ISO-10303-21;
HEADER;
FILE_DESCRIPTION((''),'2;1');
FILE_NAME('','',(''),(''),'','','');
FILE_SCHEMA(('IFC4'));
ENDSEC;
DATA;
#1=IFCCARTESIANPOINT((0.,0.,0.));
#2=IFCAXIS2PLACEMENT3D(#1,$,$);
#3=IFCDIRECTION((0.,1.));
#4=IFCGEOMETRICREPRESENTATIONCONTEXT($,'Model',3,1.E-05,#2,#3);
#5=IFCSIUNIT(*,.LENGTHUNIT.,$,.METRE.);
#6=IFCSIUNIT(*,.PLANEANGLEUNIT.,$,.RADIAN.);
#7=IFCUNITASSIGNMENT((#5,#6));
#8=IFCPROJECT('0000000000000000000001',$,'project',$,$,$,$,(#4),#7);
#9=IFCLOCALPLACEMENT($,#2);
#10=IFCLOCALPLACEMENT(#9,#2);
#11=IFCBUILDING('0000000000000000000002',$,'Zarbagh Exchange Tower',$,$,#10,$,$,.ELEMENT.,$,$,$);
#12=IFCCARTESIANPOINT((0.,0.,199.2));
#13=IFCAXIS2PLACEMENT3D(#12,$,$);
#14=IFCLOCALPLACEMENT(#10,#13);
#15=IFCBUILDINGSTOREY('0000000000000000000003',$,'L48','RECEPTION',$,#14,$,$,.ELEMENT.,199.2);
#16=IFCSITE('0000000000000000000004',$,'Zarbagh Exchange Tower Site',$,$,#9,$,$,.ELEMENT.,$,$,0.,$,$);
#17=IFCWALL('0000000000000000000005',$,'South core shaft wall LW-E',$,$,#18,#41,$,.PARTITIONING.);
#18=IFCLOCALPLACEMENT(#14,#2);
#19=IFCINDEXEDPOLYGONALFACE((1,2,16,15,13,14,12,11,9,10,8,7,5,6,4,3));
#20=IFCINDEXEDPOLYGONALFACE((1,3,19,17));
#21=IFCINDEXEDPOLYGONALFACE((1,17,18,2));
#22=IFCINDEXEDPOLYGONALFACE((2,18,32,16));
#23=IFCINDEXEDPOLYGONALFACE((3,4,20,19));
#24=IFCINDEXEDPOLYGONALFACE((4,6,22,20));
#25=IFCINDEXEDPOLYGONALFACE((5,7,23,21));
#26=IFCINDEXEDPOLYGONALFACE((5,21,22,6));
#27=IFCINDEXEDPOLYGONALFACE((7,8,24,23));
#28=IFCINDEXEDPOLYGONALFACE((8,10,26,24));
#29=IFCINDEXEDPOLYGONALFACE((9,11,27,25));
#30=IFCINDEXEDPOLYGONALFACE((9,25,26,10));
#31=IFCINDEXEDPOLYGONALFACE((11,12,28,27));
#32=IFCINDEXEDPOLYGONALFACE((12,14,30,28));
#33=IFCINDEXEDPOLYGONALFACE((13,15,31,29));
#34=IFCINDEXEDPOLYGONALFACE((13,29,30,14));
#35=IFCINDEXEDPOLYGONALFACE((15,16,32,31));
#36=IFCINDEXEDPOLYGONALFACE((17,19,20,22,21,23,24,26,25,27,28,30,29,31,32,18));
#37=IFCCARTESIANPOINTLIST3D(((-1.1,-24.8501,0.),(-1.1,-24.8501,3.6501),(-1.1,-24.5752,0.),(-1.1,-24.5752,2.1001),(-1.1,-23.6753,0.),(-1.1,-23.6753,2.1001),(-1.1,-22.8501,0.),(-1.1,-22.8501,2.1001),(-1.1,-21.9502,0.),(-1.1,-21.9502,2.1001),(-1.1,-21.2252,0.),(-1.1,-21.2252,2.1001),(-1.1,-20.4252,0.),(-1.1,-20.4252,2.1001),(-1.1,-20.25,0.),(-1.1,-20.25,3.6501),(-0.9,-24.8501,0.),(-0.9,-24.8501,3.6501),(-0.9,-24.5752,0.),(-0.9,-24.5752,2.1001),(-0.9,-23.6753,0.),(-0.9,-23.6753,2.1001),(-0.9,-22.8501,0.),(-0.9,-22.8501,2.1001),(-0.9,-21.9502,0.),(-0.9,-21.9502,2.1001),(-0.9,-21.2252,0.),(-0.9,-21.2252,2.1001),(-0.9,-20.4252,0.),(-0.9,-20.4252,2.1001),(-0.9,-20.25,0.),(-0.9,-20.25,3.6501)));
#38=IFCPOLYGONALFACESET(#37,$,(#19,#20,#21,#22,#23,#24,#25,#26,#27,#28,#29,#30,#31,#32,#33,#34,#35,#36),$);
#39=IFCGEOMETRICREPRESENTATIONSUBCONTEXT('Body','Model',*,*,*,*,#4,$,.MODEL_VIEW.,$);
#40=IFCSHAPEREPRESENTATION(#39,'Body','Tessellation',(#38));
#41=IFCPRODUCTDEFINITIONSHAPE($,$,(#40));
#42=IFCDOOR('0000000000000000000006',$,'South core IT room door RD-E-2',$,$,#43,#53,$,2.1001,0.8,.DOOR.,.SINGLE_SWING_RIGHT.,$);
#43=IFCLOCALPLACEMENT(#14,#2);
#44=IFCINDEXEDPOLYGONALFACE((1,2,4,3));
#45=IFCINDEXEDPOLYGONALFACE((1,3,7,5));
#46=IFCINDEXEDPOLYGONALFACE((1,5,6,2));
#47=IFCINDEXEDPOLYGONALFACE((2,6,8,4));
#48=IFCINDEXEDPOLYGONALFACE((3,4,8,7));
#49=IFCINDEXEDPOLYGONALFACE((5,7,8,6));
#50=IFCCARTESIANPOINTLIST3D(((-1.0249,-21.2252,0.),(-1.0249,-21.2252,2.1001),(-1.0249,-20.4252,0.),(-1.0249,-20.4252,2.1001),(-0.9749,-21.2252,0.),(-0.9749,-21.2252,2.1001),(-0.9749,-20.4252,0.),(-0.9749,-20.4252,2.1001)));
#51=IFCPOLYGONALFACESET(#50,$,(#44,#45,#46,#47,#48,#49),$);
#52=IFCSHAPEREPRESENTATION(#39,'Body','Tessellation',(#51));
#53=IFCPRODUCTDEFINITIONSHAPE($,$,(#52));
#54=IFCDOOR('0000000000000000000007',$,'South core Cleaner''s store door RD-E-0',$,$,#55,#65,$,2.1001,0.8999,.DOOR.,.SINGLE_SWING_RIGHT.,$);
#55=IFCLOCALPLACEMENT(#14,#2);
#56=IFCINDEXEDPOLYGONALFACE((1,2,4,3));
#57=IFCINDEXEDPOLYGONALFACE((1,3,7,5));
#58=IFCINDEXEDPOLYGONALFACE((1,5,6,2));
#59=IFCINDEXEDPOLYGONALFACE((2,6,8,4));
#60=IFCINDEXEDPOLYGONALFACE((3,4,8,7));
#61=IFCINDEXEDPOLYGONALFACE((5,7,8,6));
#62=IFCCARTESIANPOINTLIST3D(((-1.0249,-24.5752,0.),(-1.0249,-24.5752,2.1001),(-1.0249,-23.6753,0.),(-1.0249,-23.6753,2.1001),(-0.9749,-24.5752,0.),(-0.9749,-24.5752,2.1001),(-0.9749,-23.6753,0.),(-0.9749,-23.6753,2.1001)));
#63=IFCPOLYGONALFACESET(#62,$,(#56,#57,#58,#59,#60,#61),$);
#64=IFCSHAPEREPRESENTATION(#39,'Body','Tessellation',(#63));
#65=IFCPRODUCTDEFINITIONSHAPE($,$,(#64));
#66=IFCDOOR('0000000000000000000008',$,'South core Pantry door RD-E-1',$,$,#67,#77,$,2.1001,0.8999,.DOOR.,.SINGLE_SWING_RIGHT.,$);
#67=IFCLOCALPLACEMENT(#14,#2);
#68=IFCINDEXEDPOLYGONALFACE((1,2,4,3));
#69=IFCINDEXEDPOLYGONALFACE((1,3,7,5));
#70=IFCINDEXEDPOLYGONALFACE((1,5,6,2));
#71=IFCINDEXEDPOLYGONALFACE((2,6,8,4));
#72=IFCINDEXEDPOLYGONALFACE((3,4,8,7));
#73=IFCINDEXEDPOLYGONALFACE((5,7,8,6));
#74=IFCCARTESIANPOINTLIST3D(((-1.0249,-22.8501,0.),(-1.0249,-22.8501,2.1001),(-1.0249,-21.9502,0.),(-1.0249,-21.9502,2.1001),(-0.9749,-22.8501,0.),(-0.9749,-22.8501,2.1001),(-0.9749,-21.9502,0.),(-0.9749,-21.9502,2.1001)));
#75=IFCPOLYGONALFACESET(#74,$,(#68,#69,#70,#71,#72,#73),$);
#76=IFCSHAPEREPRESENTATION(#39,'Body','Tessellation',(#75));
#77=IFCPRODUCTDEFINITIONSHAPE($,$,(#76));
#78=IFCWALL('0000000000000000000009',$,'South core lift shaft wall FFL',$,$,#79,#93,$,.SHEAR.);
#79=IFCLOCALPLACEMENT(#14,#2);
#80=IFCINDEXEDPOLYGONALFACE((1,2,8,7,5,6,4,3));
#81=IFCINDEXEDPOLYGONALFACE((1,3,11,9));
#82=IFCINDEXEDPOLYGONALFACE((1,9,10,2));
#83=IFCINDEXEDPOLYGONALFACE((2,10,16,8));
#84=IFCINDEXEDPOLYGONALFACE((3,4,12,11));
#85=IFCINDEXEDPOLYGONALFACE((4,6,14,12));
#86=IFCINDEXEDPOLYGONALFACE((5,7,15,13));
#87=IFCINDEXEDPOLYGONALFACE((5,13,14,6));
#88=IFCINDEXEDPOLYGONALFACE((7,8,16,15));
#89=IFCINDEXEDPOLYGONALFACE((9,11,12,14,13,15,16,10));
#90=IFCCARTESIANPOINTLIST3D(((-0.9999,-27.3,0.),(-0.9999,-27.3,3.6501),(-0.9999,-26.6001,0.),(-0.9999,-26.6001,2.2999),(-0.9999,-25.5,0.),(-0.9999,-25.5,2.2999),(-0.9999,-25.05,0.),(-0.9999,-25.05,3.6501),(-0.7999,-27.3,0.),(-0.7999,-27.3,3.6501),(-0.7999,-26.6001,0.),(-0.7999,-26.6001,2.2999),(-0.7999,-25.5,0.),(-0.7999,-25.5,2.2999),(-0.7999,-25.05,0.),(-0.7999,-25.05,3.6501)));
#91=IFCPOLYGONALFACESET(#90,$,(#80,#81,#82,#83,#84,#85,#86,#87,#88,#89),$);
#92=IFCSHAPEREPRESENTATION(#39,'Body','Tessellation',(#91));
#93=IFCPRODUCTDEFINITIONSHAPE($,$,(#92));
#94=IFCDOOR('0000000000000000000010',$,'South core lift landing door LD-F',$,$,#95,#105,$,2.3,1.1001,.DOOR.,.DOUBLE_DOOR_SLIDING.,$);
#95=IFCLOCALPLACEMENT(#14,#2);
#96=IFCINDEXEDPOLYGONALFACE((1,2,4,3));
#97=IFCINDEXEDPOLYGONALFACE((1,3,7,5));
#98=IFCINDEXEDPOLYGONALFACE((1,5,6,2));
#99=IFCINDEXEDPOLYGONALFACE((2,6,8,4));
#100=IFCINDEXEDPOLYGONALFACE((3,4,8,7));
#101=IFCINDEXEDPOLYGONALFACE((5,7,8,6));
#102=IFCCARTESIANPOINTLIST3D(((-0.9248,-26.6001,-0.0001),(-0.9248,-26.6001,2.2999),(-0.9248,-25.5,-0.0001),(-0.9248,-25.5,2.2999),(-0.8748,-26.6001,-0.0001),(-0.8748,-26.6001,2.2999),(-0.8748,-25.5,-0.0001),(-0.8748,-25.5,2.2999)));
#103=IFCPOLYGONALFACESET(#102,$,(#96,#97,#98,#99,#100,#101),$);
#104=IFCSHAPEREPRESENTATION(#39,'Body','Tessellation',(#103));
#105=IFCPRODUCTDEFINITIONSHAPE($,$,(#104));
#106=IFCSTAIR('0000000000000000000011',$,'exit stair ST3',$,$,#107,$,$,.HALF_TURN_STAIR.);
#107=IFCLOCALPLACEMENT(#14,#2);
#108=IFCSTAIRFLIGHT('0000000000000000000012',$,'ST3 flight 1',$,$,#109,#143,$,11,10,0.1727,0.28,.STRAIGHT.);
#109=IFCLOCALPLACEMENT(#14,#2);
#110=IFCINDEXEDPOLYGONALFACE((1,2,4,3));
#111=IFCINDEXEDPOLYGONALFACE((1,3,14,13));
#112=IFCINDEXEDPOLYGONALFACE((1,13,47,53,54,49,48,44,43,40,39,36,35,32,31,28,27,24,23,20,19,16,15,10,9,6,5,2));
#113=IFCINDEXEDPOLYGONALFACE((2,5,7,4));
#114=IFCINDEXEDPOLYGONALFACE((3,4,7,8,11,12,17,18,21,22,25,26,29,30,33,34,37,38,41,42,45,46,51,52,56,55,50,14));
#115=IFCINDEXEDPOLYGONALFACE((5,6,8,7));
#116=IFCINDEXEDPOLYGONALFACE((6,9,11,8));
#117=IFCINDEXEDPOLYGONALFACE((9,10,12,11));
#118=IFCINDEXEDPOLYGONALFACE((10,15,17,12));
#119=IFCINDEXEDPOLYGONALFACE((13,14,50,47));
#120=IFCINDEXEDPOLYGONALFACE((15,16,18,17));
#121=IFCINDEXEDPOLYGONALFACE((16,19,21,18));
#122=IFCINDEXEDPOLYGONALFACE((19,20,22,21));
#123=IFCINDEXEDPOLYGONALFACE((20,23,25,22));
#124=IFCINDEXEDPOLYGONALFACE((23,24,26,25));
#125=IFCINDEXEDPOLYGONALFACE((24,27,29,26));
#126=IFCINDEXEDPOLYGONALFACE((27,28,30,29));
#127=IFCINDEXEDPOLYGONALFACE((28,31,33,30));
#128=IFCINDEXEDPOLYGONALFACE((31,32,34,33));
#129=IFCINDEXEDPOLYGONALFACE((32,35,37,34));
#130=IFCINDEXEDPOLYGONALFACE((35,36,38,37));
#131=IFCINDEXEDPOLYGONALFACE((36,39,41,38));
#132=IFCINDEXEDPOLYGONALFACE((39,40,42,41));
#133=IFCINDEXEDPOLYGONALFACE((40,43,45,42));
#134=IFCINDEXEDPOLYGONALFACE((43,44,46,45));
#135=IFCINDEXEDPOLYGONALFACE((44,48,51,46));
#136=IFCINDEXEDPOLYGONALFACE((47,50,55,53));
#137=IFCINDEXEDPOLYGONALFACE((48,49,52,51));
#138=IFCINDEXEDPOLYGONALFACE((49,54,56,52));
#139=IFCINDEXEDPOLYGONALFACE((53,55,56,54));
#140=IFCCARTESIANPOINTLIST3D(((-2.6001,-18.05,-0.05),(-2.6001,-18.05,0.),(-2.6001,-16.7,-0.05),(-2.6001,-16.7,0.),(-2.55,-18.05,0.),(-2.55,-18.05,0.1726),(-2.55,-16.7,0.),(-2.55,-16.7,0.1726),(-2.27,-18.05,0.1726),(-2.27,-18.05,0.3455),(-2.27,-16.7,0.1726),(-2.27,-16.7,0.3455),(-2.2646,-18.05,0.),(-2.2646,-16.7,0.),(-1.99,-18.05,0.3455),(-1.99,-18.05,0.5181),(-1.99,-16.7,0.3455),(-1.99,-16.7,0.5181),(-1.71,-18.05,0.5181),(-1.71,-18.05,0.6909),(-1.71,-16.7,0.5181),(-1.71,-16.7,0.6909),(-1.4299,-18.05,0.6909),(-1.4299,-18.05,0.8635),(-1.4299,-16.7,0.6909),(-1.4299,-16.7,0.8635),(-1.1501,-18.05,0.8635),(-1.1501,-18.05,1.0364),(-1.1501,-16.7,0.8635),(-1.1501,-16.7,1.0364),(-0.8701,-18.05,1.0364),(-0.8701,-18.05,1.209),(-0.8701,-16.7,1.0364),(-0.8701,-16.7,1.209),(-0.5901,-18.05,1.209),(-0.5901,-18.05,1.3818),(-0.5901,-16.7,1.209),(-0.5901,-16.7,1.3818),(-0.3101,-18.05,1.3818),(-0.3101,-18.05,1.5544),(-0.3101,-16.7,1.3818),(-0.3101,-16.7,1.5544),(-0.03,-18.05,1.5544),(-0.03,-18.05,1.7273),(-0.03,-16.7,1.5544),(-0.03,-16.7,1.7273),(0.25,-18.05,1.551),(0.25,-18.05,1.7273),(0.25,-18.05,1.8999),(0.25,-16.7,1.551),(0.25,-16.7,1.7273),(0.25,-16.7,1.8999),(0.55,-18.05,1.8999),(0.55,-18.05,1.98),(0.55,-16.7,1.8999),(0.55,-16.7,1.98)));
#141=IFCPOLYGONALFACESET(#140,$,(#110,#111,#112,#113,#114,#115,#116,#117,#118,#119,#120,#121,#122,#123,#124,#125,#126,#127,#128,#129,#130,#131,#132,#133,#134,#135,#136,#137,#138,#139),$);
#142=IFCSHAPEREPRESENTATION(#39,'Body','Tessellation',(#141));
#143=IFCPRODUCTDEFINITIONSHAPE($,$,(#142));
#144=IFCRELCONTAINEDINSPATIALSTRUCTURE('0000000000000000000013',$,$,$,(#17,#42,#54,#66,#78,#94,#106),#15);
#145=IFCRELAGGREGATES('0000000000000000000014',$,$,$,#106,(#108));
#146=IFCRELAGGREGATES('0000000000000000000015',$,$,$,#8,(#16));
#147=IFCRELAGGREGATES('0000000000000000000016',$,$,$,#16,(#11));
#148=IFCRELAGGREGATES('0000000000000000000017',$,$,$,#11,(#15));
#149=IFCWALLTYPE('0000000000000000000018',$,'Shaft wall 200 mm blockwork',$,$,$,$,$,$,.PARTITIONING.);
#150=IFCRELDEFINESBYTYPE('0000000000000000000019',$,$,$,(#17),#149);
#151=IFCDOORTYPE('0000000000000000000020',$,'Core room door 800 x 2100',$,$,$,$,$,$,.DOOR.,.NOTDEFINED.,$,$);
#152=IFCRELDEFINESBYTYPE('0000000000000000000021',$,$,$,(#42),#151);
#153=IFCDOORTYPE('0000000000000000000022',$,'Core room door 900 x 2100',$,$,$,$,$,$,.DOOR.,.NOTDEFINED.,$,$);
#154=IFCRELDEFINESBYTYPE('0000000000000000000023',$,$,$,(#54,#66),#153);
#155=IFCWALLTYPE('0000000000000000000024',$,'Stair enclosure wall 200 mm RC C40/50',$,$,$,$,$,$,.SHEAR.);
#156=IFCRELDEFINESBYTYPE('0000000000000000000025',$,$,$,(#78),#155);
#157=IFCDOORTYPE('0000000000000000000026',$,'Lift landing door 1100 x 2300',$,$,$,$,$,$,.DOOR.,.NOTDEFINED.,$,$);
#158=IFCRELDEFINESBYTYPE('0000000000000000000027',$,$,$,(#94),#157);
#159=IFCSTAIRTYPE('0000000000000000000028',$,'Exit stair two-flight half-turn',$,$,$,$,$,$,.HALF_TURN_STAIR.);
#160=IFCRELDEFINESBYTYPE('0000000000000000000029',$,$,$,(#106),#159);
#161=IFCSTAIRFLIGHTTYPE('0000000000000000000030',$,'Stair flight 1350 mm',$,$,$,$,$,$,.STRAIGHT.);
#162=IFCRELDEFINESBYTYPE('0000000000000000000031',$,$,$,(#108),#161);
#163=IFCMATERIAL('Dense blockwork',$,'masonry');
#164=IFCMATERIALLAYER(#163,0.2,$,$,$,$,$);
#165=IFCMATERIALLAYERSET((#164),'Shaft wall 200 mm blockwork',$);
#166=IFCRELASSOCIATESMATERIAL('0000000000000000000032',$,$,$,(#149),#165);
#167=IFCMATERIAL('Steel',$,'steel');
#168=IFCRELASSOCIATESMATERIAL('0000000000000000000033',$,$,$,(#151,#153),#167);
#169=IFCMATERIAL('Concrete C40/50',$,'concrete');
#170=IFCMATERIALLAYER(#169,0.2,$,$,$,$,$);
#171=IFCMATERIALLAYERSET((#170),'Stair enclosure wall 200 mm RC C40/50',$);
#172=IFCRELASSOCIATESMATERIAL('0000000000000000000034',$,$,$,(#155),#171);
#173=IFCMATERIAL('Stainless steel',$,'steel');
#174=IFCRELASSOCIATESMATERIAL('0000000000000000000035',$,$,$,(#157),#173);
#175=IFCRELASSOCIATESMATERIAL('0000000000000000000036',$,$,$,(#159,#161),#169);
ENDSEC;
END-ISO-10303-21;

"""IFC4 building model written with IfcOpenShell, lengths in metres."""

from ifc_helpers import new_model, si_unit, direction, frame, frame_2d, origin, place, context, subcontext, project, spatial, polyline, rectangle, outline, extrude, material, layer, layer_set, type_object, element, fill, aggregate, save


model = new_model("IFC4")

# Units and contexts
model_context = context("Model", 3, precision=1e-05, world=origin(), true_north=direction((0.0, 1.0)))
body_context = subcontext(model_context, "Body", "Model", "MODEL_VIEW")
ifc_project = project(units=[si_unit("LENGTHUNIT", "METRE"), si_unit("PLANEANGLEUNIT", "RADIAN")], contexts=[model_context])

# Site, building, storey
site_placement = place(None, origin())
site = spatial("IfcSite", under=ifc_project, at=site_placement, Name="Zarbagh Exchange Tower Site", CompositionType="ELEMENT", RefElevation=0.0)
building_placement = place(site_placement, origin())
building = spatial("IfcBuilding", under=site, at=building_placement, Name="Zarbagh Exchange Tower", CompositionType="ELEMENT")
storey_placement = place(building_placement, frame((0.0, 0.0, 199.2)))
storey = spatial("IfcBuildingStorey", under=building, at=storey_placement, Name="L48", Description="RECEPTION", CompositionType="ELEMENT", Elevation=199.2)

# Shared definitions
ifc_material_1 = material(Name="Concrete C40/50", Category="concrete")

# Shared definitions
ifc_material_2 = material(Name="Dense blockwork", Category="masonry")

# Shared definitions
ifc_layer_1 = layer(ifc_material_2, 0.2)
ifc_layer_set_1 = layer_set([ifc_layer_1], Name="Shaft wall 200 mm blockwork")
wall_type_1 = type_object("IfcWallType", Name="Shaft wall 200 mm blockwork", PredefinedType="PARTITIONING", material=ifc_layer_set_1)

# Wall, openings, doors
wall_1_placement = place(storey_placement, frame((-1.0, -24.8501, 0.0), z_axis=(0.0, 0.0, 1.0), x_axis=(0.0, 1.0, 0.0)))
wall_1 = element("IfcWall", 1, at=wall_1_placement, inside=storey, type_object=wall_type_1, Name="South core shaft wall LW-E", PredefinedType="PARTITIONING", context=body_context, shape_type="SweptSolid", body=[
    extrude(rectangle(XDim=4.6001, YDim=0.2, at=frame_2d((2.3, 0.0))), origin(), (0.0, 0.0, 1.0), 3.6501),
])
opening_1_placement = place(wall_1_placement, frame((0.2749, 0.0, 0.0)))
opening_1 = element("IfcOpeningElement", 2, at=opening_1_placement, cuts=wall_1, PredefinedType="OPENING", context=body_context, shape_type="SweptSolid", body=[
    extrude(rectangle(XDim=0.8999, YDim=2.1001, at=frame_2d((0.45, 1.05))), frame((0.0, 0.1099, 0.0), z_axis=(0.0, -1.0, 0.0), x_axis=(1.0, 0.0, 0.0)), (0.0, 0.0, 1.0), 0.22),
])
opening_2_placement = place(wall_1_placement, frame((2.0, 0.0, 0.0)))
opening_2 = element("IfcOpeningElement", 3, at=opening_2_placement, cuts=wall_1, PredefinedType="OPENING", context=body_context, shape_type="SweptSolid", body=[
    extrude(rectangle(XDim=0.8999, YDim=2.1001, at=frame_2d((0.45, 1.05))), frame((0.0, 0.1099, 0.0), z_axis=(0.0, -1.0, 0.0), x_axis=(1.0, 0.0, 0.0)), (0.0, 0.0, 1.0), 0.22),
])
opening_3_placement = place(wall_1_placement, frame((3.625, 0.0, 0.0)))
opening_3 = element("IfcOpeningElement", 4, at=opening_3_placement, cuts=wall_1, PredefinedType="OPENING", context=body_context, shape_type="SweptSolid", body=[
    extrude(rectangle(XDim=0.8, YDim=2.1001, at=frame_2d((0.3999, 1.05))), frame((0.0, 0.1099, 0.0), z_axis=(0.0, -1.0, 0.0), x_axis=(1.0, 0.0, 0.0)), (0.0, 0.0, 1.0), 0.22),
])
ifc_material_3 = material(Name="Steel", Category="steel")
door_type_1 = type_object("IfcDoorType", Name="Core room door 800 x 2100", OperationType="NOTDEFINED", PredefinedType="DOOR", material=ifc_material_3)
door_1_placement = place(opening_3_placement, origin())
door_1 = element("IfcDoor", 5, at=door_1_placement, inside=storey, type_object=door_type_1, Name="South core IT room door RD-E-2", OperationType="SINGLE_SWING_RIGHT", OverallHeight=2.1001, OverallWidth=0.8, PredefinedType="DOOR", context=body_context, shape_type="SweptSolid", body=[
    extrude(rectangle(XDim=0.8, YDim=2.1001, at=frame_2d((0.3999, 1.05))), frame((0.0, 0.0249, 0.0), z_axis=(0.0, -1.0, 0.0), x_axis=(1.0, 0.0, 0.0)), (0.0, 0.0, 1.0), 0.05),
])
fill(opening_3, door_1)
door_type_2 = type_object("IfcDoorType", Name="Core room door 900 x 2100", OperationType="NOTDEFINED", PredefinedType="DOOR", material=ifc_material_3)
door_2_placement = place(opening_1_placement, origin())
door_2 = element("IfcDoor", 6, at=door_2_placement, inside=storey, type_object=door_type_2, Name="South core Cleaner's store door RD-E-0", OperationType="SINGLE_SWING_RIGHT", OverallHeight=2.1001, OverallWidth=0.8999, PredefinedType="DOOR", context=body_context, shape_type="SweptSolid", body=[
    extrude(rectangle(XDim=0.8999, YDim=2.1001, at=frame_2d((0.45, 1.05))), frame((0.0, 0.0249, 0.0), z_axis=(0.0, -1.0, 0.0), x_axis=(1.0, 0.0, 0.0)), (0.0, 0.0, 1.0), 0.05),
])
fill(opening_1, door_2)
door_3_placement = place(opening_2_placement, origin())
door_3 = element("IfcDoor", 7, at=door_3_placement, inside=storey, type_object=door_type_2, Name="South core Pantry door RD-E-1", OperationType="SINGLE_SWING_RIGHT", OverallHeight=2.1001, OverallWidth=0.8999, PredefinedType="DOOR", context=body_context, shape_type="SweptSolid", body=[
    extrude(rectangle(XDim=0.8999, YDim=2.1001, at=frame_2d((0.45, 1.05))), frame((0.0, 0.0249, 0.0), z_axis=(0.0, -1.0, 0.0), x_axis=(1.0, 0.0, 0.0)), (0.0, 0.0, 1.0), 0.05),
])
fill(opening_2, door_3)

# Wall, opening, door
ifc_layer_2 = layer(ifc_material_1, 0.2)
ifc_layer_set_2 = layer_set([ifc_layer_2], Name="Stair enclosure wall 200 mm RC C40/50")
wall_type_2 = type_object("IfcWallType", Name="Stair enclosure wall 200 mm RC C40/50", PredefinedType="SHEAR", material=ifc_layer_set_2)
wall_2_placement = place(storey_placement, frame((-0.8999, -27.3, 0.0), z_axis=(0.0, 0.0, 1.0), x_axis=(0.0, 1.0, 0.0)))
wall_2 = element("IfcWall", 8, at=wall_2_placement, inside=storey, type_object=wall_type_2, Name="South core lift shaft wall FFL", PredefinedType="SHEAR", context=body_context, shape_type="SweptSolid", body=[
    extrude(rectangle(XDim=2.25, YDim=0.2, at=frame_2d((1.125, 0.0))), origin(), (0.0, 0.0, 1.0), 3.6501),
])
opening_4_placement = place(wall_2_placement, frame((0.7, 0.0, 0.0)))
opening_4 = element("IfcOpeningElement", 9, at=opening_4_placement, cuts=wall_2, PredefinedType="OPENING", context=body_context, shape_type="SweptSolid", body=[
    extrude(rectangle(XDim=1.1001, YDim=2.3, at=frame_2d((0.55, 1.1499))), frame((0.0, 0.1099, 0.0), z_axis=(0.0, -1.0, 0.0), x_axis=(1.0, 0.0, 0.0)), (0.0, 0.0, 1.0), 0.22),
])
ifc_material_4 = material(Name="Stainless steel", Category="steel")
door_type_3 = type_object("IfcDoorType", Name="Lift landing door 1100 x 2300", OperationType="NOTDEFINED", PredefinedType="DOOR", material=ifc_material_4)
door_4_placement = place(opening_4_placement, origin())
door_4 = element("IfcDoor", 10, at=door_4_placement, inside=storey, type_object=door_type_3, Name="South core lift landing door LD-F", OperationType="DOUBLE_DOOR_SLIDING", OverallHeight=2.3, OverallWidth=1.1001, PredefinedType="DOOR", context=body_context, shape_type="SweptSolid", body=[
    extrude(rectangle(XDim=1.1001, YDim=2.3, at=frame_2d((0.55, 1.1499))), frame((0.0, 0.0249, 0.0), z_axis=(0.0, -1.0, 0.0), x_axis=(1.0, 0.0, 0.0)), (0.0, 0.0, 1.0), 0.05),
])
fill(opening_4, door_4)

# Stair, stair flight
stair_type = type_object("IfcStairType", Name="Exit stair two-flight half-turn", PredefinedType="HALF_TURN_STAIR", material=ifc_material_1)
stair_1_placement = place(storey_placement, origin())
stair_1 = element("IfcStair", 11, at=stair_1_placement, inside=storey, type_object=stair_type, Name="exit stair ST3", PredefinedType="HALF_TURN_STAIR")
stair_flight_type_1 = type_object("IfcStairFlightType", Name="Stair flight 1350 mm", PredefinedType="STRAIGHT", material=ifc_material_1)
stair_flight_1_placement = place(storey_placement, frame((-2.55, -17.375, 0.0), z_axis=(0.0, 0.0, 1.0), x_axis=(1.0, 0.0, 0.0)))
stair_flight_1 = element("IfcStairFlight", 12, at=stair_flight_1_placement, type_object=stair_flight_type_1, Name="ST3 flight 1", NumberOfRisers=11, NumberOfTreads=10, PredefinedType="STRAIGHT", RiserHeight=0.1727, TreadLength=0.28, context=body_context, shape_type="SweptSolid", body=[
    extrude(outline(polyline([(-0.05, -0.05), (-0.05, 0.0), (0.0, 0.0), (0.0, 0.1726), (0.28, 0.1726), (0.28, 0.3455), (0.5601, 0.3455), (0.5601, 0.5181), (0.8401, 0.5181), (0.8401, 0.6909), (1.1201, 0.6909), (1.1201, 0.8635), (1.3999, 0.8635), (1.3999, 1.0364), (1.6799, 1.0364), (1.6799, 1.209), (1.96, 1.209), (1.96, 1.3818), (2.24, 1.3818), (2.24, 1.5544), (2.52, 1.5544), (2.52, 1.7273), (2.8, 1.7273), (2.8, 1.8999), (3.1001, 1.98), (3.1001, 1.8999), (2.8, 1.551), (0.2854, 0.0), (-0.05, -0.05)])), frame((0.0, 0.675, 0.0), z_axis=(0.0, -1.0, 0.0), x_axis=(1.0, 0.0, 0.0)), (0.0, 0.0, 1.0), 1.3501),
])
aggregate(stair_1, [stair_flight_1])

save(model, "model.ifc")
